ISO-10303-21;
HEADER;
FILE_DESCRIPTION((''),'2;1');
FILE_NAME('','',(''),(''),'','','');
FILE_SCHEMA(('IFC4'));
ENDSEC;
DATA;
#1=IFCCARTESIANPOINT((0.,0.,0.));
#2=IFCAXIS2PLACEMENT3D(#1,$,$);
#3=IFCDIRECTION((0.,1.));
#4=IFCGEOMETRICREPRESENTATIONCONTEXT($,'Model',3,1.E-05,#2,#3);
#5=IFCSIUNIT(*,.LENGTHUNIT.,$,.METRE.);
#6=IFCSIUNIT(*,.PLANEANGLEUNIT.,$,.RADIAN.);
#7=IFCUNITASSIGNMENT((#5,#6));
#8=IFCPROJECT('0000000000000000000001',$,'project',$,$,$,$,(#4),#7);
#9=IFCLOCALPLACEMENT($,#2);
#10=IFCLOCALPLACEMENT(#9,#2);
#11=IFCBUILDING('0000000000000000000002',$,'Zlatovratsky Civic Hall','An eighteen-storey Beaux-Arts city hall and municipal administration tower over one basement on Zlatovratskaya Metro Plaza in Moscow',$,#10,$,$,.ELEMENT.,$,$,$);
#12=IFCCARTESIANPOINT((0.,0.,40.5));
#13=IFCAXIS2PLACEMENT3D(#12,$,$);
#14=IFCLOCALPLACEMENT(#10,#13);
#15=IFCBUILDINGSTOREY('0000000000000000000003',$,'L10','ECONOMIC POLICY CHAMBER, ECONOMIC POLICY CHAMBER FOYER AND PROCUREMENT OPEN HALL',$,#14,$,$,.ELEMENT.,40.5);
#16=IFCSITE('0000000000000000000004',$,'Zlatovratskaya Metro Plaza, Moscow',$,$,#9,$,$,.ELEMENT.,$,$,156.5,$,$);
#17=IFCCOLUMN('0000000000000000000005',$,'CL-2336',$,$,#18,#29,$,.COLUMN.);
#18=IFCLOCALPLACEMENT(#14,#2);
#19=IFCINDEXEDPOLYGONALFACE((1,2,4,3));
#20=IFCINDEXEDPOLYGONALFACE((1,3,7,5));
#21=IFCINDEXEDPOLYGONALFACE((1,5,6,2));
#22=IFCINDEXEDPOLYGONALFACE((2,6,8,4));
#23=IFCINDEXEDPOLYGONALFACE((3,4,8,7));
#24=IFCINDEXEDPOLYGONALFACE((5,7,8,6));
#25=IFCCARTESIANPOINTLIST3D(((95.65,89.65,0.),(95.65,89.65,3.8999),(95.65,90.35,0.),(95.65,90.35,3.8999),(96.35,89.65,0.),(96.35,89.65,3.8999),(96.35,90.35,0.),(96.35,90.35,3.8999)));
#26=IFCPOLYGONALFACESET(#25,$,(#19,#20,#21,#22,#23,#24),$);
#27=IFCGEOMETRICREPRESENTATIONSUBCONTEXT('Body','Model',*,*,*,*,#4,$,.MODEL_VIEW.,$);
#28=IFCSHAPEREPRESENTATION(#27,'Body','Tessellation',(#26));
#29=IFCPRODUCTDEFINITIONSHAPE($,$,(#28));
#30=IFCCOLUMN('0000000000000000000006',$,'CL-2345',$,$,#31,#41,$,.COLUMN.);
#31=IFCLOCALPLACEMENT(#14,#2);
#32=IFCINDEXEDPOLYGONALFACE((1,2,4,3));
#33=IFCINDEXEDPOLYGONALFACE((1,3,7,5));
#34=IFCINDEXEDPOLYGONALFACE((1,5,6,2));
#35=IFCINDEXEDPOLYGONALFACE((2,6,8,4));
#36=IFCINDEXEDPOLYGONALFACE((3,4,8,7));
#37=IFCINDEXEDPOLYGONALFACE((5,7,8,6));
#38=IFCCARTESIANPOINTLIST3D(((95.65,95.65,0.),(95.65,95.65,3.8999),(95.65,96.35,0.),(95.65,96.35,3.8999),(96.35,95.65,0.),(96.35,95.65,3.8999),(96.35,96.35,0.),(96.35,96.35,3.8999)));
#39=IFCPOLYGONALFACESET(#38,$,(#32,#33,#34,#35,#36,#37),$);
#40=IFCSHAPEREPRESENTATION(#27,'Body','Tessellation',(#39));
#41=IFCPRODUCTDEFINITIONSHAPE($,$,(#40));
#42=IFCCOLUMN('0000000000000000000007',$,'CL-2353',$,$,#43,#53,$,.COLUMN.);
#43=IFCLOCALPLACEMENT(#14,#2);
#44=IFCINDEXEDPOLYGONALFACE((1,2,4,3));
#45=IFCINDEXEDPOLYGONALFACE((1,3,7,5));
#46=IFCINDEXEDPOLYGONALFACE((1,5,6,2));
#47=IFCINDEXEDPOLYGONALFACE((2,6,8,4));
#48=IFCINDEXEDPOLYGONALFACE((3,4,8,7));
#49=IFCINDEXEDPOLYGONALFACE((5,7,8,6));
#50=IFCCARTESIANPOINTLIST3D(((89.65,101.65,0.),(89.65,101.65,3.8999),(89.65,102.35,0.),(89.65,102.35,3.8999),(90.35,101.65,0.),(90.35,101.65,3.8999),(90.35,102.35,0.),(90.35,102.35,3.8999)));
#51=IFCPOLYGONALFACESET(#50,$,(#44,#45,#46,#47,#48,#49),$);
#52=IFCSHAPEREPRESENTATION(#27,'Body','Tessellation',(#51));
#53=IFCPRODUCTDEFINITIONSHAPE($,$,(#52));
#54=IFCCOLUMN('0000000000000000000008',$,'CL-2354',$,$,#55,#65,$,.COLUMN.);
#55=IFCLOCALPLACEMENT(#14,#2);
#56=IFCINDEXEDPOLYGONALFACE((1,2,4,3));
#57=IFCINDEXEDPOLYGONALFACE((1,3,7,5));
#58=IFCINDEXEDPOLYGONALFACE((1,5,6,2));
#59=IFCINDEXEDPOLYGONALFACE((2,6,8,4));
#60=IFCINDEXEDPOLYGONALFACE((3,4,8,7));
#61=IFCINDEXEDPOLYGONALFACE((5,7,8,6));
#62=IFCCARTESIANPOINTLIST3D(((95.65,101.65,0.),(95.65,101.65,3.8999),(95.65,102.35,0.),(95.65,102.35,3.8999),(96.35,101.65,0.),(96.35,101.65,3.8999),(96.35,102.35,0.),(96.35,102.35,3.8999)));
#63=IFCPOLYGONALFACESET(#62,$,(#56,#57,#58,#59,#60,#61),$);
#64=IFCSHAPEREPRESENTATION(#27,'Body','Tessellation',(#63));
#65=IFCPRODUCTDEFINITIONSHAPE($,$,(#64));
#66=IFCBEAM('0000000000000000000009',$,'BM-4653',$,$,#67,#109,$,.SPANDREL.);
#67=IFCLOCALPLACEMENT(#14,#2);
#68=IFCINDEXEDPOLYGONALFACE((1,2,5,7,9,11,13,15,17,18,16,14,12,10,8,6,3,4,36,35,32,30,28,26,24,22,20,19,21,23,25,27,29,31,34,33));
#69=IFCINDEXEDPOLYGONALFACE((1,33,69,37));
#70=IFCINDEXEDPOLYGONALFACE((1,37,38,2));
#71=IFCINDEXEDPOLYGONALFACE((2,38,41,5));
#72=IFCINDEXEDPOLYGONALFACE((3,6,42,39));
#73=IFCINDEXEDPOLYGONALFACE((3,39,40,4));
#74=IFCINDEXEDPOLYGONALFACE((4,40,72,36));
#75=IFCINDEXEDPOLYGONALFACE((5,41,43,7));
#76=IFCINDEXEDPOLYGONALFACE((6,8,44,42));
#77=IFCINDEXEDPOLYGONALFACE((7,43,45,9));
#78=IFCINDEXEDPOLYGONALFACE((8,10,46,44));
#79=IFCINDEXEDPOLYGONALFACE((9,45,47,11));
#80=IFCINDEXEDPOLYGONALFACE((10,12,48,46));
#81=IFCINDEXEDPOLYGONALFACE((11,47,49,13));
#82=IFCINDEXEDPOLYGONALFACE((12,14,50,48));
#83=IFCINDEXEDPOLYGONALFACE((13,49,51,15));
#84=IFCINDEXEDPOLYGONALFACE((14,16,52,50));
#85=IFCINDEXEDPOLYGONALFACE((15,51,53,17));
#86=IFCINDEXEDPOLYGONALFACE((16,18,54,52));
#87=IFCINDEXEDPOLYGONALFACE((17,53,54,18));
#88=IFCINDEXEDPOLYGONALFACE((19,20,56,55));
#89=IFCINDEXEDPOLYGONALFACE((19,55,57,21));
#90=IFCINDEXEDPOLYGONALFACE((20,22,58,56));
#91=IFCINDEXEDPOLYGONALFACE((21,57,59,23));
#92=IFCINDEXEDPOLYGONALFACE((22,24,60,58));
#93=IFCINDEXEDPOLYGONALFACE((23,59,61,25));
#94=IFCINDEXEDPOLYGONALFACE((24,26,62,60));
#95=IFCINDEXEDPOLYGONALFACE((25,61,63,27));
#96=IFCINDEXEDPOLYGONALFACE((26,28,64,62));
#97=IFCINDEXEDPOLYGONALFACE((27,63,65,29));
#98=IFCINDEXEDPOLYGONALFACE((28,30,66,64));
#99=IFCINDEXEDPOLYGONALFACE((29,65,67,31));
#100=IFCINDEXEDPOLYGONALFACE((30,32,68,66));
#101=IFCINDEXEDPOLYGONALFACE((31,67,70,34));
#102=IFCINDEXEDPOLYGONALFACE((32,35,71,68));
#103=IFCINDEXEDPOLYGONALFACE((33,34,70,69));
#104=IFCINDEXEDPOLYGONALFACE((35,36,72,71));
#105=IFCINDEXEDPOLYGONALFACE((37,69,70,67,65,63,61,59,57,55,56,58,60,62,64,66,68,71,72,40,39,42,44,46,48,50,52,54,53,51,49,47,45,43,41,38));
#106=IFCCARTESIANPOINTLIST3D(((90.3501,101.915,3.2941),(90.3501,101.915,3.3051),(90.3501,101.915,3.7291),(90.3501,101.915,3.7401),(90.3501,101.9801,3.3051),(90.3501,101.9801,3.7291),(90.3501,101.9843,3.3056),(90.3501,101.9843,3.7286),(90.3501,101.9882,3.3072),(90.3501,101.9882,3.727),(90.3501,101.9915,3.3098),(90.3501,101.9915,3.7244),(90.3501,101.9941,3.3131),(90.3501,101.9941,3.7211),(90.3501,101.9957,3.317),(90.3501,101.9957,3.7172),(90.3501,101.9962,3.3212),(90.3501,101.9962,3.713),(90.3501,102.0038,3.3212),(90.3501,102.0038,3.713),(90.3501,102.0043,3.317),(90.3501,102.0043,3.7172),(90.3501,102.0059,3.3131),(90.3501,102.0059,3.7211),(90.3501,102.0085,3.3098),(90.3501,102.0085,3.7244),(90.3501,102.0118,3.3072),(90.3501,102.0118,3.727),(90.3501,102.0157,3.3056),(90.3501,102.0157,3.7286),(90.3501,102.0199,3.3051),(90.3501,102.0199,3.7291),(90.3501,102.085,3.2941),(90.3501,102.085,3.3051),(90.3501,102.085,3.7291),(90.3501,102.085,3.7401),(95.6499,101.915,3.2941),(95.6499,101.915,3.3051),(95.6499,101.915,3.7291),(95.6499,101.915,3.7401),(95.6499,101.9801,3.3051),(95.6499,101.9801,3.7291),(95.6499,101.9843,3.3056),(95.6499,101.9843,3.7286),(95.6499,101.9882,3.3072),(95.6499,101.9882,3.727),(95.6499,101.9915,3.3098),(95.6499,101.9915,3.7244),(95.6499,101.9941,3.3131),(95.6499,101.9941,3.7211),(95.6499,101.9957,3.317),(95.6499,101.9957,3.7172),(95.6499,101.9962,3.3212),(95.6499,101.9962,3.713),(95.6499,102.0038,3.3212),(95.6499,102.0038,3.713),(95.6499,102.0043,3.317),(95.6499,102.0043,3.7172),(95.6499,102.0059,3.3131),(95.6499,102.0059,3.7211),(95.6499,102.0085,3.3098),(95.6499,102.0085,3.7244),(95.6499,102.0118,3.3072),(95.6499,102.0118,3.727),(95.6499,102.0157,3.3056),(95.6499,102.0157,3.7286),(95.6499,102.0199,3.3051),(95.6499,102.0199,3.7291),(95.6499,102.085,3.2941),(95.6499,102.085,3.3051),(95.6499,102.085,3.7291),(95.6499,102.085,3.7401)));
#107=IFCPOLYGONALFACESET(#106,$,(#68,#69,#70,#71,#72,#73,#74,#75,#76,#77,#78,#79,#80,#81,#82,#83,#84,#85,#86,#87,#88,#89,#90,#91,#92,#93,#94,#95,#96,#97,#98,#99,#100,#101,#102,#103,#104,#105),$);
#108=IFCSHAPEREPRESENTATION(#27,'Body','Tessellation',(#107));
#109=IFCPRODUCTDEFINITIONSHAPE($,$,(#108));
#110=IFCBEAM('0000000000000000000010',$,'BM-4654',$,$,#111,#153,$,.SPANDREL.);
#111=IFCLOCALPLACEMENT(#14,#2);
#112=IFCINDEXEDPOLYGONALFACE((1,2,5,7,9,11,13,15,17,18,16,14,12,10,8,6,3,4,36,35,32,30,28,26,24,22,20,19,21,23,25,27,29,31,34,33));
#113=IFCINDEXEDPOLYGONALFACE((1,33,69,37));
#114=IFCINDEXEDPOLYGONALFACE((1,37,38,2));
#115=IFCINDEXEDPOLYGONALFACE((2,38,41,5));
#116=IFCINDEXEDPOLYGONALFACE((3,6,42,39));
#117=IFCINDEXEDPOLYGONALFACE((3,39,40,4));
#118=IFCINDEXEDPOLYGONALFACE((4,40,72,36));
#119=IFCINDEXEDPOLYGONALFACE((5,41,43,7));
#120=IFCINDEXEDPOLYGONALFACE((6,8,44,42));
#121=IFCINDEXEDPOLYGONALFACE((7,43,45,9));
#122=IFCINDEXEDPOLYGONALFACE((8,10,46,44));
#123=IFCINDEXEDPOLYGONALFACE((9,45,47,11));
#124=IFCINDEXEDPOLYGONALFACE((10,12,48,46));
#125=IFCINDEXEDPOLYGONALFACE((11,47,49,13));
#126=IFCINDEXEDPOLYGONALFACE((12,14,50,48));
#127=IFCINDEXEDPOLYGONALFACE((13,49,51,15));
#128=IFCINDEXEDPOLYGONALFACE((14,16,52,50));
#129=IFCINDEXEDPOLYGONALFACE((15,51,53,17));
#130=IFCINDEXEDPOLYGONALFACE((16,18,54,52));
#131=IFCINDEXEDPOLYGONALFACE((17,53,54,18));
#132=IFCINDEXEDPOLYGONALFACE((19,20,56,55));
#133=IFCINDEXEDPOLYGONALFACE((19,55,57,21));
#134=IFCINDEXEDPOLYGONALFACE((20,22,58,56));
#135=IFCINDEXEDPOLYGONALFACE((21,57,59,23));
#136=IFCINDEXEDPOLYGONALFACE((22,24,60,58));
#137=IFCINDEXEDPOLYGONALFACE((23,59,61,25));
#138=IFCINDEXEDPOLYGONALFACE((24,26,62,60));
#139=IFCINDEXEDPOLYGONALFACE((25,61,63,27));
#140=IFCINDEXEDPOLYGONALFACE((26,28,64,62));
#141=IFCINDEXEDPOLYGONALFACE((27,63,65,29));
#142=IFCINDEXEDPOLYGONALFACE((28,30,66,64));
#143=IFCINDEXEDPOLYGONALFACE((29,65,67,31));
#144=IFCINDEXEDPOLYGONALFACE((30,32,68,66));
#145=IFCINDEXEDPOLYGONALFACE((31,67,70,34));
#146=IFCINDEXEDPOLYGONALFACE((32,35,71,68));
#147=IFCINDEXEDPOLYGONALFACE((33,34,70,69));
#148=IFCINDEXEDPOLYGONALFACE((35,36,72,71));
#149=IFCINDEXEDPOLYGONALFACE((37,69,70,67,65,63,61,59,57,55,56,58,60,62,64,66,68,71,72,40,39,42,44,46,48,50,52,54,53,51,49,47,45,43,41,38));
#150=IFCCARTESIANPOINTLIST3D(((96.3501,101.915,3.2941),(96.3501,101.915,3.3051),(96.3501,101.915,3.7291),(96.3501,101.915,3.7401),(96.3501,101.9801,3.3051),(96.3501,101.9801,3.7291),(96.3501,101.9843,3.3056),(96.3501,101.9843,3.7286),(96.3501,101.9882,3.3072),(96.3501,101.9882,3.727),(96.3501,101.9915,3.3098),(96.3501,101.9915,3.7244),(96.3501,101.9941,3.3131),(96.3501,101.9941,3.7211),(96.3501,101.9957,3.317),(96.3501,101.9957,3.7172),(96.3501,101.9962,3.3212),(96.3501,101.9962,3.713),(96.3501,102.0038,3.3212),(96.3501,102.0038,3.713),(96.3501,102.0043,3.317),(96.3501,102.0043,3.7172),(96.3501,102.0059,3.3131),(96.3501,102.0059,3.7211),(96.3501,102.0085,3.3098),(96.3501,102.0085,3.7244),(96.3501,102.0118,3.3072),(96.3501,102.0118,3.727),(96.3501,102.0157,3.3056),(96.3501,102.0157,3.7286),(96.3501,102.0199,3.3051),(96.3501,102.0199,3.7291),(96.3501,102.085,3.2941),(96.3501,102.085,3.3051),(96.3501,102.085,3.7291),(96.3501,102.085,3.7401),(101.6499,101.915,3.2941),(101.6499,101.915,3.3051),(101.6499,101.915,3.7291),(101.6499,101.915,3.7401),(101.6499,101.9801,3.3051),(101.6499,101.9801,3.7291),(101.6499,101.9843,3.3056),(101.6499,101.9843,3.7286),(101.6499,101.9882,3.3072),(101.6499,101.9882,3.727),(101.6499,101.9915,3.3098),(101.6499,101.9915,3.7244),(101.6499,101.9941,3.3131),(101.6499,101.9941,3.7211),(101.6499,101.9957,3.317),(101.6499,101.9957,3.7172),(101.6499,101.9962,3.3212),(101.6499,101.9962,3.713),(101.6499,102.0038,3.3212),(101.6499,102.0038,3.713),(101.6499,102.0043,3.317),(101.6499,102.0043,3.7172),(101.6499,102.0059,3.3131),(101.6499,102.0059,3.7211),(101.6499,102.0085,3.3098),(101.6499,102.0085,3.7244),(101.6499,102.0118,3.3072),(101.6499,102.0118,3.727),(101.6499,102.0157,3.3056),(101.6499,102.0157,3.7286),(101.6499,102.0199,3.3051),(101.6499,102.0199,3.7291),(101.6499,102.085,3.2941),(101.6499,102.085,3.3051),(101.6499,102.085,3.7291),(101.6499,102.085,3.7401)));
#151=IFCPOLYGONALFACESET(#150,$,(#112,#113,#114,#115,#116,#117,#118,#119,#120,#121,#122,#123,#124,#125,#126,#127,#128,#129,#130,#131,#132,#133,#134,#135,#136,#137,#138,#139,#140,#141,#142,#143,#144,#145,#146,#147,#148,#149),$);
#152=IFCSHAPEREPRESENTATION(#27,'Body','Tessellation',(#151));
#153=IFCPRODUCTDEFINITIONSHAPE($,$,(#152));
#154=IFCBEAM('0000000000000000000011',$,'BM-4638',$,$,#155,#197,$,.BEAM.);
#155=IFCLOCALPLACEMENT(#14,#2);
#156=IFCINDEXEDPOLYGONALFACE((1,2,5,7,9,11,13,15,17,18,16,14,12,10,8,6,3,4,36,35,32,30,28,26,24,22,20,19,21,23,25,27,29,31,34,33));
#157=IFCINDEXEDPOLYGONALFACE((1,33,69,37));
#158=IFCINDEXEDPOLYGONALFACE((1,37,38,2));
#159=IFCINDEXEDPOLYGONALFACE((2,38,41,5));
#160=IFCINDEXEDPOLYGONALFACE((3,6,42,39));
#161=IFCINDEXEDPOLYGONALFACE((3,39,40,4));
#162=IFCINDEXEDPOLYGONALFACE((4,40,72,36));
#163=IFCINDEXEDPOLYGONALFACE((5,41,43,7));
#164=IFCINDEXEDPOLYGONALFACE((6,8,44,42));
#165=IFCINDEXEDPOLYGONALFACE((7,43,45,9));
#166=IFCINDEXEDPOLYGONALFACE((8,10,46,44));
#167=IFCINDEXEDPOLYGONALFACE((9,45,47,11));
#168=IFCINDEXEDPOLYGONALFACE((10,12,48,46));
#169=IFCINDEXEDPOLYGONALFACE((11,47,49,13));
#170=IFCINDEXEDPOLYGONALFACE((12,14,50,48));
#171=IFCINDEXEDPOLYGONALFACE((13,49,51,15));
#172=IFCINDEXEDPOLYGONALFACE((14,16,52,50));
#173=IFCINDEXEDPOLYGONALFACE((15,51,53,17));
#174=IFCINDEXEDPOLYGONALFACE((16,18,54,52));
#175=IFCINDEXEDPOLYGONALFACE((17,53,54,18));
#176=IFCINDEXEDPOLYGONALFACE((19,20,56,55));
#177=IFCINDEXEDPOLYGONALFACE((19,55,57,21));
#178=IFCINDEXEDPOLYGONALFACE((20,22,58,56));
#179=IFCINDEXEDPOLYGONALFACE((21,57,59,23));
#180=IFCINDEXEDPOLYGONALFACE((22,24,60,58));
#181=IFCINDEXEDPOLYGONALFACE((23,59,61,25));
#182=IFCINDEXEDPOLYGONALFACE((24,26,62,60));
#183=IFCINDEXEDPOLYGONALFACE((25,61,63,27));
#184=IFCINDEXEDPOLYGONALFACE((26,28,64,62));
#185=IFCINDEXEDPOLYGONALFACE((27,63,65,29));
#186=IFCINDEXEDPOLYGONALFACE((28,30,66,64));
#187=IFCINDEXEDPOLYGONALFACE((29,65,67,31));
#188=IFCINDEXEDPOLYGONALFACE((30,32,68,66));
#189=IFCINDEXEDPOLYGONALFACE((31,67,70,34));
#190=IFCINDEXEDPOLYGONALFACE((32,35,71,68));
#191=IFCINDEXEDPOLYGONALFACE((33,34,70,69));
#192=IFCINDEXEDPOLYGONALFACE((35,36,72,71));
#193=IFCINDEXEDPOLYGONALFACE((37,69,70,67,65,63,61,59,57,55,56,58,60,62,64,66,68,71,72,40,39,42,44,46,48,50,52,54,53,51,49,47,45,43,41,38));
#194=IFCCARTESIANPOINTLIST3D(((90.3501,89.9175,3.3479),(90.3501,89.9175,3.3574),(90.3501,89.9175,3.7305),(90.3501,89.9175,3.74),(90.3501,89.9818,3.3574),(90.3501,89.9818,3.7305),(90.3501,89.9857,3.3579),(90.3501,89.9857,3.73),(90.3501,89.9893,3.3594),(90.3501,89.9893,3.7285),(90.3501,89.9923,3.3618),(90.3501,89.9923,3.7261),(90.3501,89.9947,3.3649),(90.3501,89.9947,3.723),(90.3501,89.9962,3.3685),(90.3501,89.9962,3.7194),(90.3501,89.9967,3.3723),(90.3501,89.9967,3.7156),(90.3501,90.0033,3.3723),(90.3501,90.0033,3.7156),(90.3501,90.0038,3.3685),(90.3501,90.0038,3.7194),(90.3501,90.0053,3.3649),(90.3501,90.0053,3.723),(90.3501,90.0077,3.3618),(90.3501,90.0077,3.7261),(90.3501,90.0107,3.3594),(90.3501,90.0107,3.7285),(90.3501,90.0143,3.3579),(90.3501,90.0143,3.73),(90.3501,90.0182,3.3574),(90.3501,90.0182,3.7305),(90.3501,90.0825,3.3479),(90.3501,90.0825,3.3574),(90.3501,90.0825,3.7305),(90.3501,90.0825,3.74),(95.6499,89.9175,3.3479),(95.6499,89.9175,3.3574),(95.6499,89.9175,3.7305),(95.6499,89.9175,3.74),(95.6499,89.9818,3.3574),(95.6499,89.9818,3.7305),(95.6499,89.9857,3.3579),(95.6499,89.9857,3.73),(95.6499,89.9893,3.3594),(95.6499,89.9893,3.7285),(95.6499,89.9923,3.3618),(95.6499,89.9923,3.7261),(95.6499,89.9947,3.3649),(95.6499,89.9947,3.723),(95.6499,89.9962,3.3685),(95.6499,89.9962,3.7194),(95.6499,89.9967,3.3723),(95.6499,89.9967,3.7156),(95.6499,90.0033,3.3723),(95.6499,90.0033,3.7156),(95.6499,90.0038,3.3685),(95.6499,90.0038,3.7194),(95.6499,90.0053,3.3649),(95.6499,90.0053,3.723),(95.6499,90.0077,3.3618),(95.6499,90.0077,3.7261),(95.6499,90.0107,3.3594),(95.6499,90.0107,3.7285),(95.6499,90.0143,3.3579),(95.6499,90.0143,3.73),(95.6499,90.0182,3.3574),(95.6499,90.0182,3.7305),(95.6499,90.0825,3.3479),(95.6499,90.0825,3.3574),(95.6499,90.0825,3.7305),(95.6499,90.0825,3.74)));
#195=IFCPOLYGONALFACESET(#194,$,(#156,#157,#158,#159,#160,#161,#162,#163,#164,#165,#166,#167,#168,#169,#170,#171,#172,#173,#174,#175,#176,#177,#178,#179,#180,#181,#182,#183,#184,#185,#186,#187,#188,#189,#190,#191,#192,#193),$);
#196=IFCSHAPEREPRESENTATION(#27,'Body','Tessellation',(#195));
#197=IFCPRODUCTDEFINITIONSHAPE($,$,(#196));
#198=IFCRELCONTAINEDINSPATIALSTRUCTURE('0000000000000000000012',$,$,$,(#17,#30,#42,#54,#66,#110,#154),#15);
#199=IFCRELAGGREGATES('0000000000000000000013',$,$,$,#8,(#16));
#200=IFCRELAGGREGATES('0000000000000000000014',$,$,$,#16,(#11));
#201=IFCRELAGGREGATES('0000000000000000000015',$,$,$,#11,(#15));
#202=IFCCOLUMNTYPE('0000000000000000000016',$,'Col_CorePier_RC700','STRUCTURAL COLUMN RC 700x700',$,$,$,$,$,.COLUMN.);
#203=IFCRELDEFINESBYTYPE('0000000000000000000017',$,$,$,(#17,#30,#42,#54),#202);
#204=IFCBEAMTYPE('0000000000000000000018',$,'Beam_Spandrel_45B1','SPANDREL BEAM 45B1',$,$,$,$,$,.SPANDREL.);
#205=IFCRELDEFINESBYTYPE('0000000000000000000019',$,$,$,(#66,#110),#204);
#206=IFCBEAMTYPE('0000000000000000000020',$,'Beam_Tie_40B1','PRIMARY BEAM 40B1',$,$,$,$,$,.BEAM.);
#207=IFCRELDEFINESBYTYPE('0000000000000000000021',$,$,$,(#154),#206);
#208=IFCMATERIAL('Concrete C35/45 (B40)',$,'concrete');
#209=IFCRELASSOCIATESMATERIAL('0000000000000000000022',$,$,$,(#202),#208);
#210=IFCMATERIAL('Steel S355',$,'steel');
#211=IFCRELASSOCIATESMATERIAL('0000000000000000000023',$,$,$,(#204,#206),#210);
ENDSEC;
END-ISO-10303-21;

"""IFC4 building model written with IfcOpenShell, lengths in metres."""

from ifc_helpers import new_model, si_unit, direction, frame, origin, origin_2d, place, context, subcontext, project, spatial, rectangle, i_section, extrude, material, material_profile, profile_set, type_object, element, save


model = new_model("IFC4")

# Units and contexts
model_context = context("Model", 3, precision=1e-05, world=origin(), true_north=direction((0.0, 1.0)))
body_context = subcontext(model_context, "Body", "Model", "MODEL_VIEW")
ifc_project = project(units=[si_unit("LENGTHUNIT", "METRE"), si_unit("PLANEANGLEUNIT", "RADIAN")], contexts=[model_context])

# Site, building, storey
site_placement = place(None, origin())
site = spatial("IfcSite", under=ifc_project, at=site_placement, Name="Zlatovratskaya Metro Plaza, Moscow", CompositionType="ELEMENT", RefElevation=156.5)
building_placement = place(site_placement, origin())
building = spatial("IfcBuilding", under=site, at=building_placement, Name="Zlatovratsky Civic Hall", Description="An eighteen-storey Beaux-Arts city hall and municipal administration tower over one basement on Zlatovratskaya Metro Plaza in Moscow", CompositionType="ELEMENT")
storey_placement = place(building_placement, frame((0.0, 0.0, 40.5)))
storey = spatial("IfcBuildingStorey", under=building, at=storey_placement, Name="L10", Description="ECONOMIC POLICY CHAMBER, ECONOMIC POLICY CHAMBER FOYER AND PROCUREMENT OPEN HALL", CompositionType="ELEMENT", Elevation=40.5)

# Columns
ifc_material_1 = material(Name="Concrete C35/45 (B40)", Category="concrete")
ifc_material_profile_1 = material_profile(ifc_material_1, rectangle(XDim=0.7, YDim=0.7, at=origin_2d()), Name="RC 700x700")
ifc_profile_set_1 = profile_set([ifc_material_profile_1], Name="Concrete C35/45 (B40)")
column_type = type_object("IfcColumnType", Name="Col_CorePier_RC700", Description="STRUCTURAL COLUMN RC 700x700", PredefinedType="COLUMN", material=ifc_profile_set_1)
for number, where, z_axis, x_axis, name in (
    (1, (96.0, 90.0, 0.0), (0.0, 0.0, 1.0), (1.0, 0.0, 0.0), "CL-2336"),
    (2, (96.0, 96.0, 0.0), (0.0, 0.0, 1.0), (1.0, 0.0, 0.0), "CL-2345"),
    (3, (90.0, 102.0, 0.0), (0.0, 0.0, 1.0), (1.0, 0.0, 0.0), "CL-2353"),
    (4, (96.0, 102.0, 0.0), (0.0, 0.0, 1.0), (1.0, 0.0, 0.0), "CL-2354"),
):
    element("IfcColumn", number, at=place(storey_placement, frame(where, z_axis=z_axis, x_axis=x_axis)), inside=storey, type_object=column_type, Name=name, PredefinedType="COLUMN", context=body_context, shape_type="SweptSolid", body=[
        extrude(rectangle(XDim=0.7, YDim=0.7, at=origin_2d()), origin(), (0.0, 0.0, 1.0), 3.8999),
    ])

# Beams
ifc_material_2 = material(Name="Steel S355", Category="steel")
ifc_material_profile_2 = material_profile(ifc_material_2, i_section(OverallWidth=0.1699, OverallDepth=0.446, WebThickness=0.0076, FlangeThickness=0.011, FilletRadius=0.0161, at=origin_2d()), Name="45B1")
ifc_profile_set_2 = profile_set([ifc_material_profile_2], Name="Steel S355")
beam_type_1 = type_object("IfcBeamType", Name="Beam_Spandrel_45B1", Description="SPANDREL BEAM 45B1", PredefinedType="SPANDREL", material=ifc_profile_set_2)
for number, where, z_axis, x_axis, name in (
    (5, (90.3501, 102.0, 3.5171), (1.0, 0.0, 0.0), (0.0, 1.0, 0.0), "BM-4653"),
    (6, (96.3501, 102.0, 3.5171), (1.0, 0.0, 0.0), (0.0, 1.0, 0.0), "BM-4654"),
):
    element("IfcBeam", number, at=place(storey_placement, frame(where, z_axis=z_axis, x_axis=x_axis)), inside=storey, type_object=beam_type_1, Name=name, PredefinedType="SPANDREL", context=body_context, shape_type="SweptSolid", body=[
        extrude(i_section(OverallWidth=0.1699, OverallDepth=0.446, WebThickness=0.0076, FlangeThickness=0.011, FilletRadius=0.0161, at=origin_2d()), origin(), (0.0, 0.0, 1.0), 5.2998),
    ])
ifc_material_profile_3 = material_profile(ifc_material_2, i_section(OverallWidth=0.165, OverallDepth=0.3921, WebThickness=0.0066, FlangeThickness=0.0095, FilletRadius=0.0149, at=origin_2d()), Name="40B1")
ifc_profile_set_3 = profile_set([ifc_material_profile_3], Name="Steel S355")
beam_type_2 = type_object("IfcBeamType", Name="Beam_Tie_40B1", Description="PRIMARY BEAM 40B1", PredefinedType="BEAM", material=ifc_profile_set_3)
beam_1_placement = place(storey_placement, frame((90.3501, 90.0, 3.5439), z_axis=(1.0, 0.0, 0.0), x_axis=(0.0, 1.0, 0.0)))
element("IfcBeam", 7, at=beam_1_placement, inside=storey, type_object=beam_type_2, Name="BM-4638", PredefinedType="BEAM", context=body_context, shape_type="SweptSolid", body=[
    extrude(i_section(OverallWidth=0.165, OverallDepth=0.3921, WebThickness=0.0066, FlangeThickness=0.0095, FilletRadius=0.0149, at=origin_2d()), origin(), (0.0, 0.0, 1.0), 5.2998),
])

save(model, "model.ifc")
